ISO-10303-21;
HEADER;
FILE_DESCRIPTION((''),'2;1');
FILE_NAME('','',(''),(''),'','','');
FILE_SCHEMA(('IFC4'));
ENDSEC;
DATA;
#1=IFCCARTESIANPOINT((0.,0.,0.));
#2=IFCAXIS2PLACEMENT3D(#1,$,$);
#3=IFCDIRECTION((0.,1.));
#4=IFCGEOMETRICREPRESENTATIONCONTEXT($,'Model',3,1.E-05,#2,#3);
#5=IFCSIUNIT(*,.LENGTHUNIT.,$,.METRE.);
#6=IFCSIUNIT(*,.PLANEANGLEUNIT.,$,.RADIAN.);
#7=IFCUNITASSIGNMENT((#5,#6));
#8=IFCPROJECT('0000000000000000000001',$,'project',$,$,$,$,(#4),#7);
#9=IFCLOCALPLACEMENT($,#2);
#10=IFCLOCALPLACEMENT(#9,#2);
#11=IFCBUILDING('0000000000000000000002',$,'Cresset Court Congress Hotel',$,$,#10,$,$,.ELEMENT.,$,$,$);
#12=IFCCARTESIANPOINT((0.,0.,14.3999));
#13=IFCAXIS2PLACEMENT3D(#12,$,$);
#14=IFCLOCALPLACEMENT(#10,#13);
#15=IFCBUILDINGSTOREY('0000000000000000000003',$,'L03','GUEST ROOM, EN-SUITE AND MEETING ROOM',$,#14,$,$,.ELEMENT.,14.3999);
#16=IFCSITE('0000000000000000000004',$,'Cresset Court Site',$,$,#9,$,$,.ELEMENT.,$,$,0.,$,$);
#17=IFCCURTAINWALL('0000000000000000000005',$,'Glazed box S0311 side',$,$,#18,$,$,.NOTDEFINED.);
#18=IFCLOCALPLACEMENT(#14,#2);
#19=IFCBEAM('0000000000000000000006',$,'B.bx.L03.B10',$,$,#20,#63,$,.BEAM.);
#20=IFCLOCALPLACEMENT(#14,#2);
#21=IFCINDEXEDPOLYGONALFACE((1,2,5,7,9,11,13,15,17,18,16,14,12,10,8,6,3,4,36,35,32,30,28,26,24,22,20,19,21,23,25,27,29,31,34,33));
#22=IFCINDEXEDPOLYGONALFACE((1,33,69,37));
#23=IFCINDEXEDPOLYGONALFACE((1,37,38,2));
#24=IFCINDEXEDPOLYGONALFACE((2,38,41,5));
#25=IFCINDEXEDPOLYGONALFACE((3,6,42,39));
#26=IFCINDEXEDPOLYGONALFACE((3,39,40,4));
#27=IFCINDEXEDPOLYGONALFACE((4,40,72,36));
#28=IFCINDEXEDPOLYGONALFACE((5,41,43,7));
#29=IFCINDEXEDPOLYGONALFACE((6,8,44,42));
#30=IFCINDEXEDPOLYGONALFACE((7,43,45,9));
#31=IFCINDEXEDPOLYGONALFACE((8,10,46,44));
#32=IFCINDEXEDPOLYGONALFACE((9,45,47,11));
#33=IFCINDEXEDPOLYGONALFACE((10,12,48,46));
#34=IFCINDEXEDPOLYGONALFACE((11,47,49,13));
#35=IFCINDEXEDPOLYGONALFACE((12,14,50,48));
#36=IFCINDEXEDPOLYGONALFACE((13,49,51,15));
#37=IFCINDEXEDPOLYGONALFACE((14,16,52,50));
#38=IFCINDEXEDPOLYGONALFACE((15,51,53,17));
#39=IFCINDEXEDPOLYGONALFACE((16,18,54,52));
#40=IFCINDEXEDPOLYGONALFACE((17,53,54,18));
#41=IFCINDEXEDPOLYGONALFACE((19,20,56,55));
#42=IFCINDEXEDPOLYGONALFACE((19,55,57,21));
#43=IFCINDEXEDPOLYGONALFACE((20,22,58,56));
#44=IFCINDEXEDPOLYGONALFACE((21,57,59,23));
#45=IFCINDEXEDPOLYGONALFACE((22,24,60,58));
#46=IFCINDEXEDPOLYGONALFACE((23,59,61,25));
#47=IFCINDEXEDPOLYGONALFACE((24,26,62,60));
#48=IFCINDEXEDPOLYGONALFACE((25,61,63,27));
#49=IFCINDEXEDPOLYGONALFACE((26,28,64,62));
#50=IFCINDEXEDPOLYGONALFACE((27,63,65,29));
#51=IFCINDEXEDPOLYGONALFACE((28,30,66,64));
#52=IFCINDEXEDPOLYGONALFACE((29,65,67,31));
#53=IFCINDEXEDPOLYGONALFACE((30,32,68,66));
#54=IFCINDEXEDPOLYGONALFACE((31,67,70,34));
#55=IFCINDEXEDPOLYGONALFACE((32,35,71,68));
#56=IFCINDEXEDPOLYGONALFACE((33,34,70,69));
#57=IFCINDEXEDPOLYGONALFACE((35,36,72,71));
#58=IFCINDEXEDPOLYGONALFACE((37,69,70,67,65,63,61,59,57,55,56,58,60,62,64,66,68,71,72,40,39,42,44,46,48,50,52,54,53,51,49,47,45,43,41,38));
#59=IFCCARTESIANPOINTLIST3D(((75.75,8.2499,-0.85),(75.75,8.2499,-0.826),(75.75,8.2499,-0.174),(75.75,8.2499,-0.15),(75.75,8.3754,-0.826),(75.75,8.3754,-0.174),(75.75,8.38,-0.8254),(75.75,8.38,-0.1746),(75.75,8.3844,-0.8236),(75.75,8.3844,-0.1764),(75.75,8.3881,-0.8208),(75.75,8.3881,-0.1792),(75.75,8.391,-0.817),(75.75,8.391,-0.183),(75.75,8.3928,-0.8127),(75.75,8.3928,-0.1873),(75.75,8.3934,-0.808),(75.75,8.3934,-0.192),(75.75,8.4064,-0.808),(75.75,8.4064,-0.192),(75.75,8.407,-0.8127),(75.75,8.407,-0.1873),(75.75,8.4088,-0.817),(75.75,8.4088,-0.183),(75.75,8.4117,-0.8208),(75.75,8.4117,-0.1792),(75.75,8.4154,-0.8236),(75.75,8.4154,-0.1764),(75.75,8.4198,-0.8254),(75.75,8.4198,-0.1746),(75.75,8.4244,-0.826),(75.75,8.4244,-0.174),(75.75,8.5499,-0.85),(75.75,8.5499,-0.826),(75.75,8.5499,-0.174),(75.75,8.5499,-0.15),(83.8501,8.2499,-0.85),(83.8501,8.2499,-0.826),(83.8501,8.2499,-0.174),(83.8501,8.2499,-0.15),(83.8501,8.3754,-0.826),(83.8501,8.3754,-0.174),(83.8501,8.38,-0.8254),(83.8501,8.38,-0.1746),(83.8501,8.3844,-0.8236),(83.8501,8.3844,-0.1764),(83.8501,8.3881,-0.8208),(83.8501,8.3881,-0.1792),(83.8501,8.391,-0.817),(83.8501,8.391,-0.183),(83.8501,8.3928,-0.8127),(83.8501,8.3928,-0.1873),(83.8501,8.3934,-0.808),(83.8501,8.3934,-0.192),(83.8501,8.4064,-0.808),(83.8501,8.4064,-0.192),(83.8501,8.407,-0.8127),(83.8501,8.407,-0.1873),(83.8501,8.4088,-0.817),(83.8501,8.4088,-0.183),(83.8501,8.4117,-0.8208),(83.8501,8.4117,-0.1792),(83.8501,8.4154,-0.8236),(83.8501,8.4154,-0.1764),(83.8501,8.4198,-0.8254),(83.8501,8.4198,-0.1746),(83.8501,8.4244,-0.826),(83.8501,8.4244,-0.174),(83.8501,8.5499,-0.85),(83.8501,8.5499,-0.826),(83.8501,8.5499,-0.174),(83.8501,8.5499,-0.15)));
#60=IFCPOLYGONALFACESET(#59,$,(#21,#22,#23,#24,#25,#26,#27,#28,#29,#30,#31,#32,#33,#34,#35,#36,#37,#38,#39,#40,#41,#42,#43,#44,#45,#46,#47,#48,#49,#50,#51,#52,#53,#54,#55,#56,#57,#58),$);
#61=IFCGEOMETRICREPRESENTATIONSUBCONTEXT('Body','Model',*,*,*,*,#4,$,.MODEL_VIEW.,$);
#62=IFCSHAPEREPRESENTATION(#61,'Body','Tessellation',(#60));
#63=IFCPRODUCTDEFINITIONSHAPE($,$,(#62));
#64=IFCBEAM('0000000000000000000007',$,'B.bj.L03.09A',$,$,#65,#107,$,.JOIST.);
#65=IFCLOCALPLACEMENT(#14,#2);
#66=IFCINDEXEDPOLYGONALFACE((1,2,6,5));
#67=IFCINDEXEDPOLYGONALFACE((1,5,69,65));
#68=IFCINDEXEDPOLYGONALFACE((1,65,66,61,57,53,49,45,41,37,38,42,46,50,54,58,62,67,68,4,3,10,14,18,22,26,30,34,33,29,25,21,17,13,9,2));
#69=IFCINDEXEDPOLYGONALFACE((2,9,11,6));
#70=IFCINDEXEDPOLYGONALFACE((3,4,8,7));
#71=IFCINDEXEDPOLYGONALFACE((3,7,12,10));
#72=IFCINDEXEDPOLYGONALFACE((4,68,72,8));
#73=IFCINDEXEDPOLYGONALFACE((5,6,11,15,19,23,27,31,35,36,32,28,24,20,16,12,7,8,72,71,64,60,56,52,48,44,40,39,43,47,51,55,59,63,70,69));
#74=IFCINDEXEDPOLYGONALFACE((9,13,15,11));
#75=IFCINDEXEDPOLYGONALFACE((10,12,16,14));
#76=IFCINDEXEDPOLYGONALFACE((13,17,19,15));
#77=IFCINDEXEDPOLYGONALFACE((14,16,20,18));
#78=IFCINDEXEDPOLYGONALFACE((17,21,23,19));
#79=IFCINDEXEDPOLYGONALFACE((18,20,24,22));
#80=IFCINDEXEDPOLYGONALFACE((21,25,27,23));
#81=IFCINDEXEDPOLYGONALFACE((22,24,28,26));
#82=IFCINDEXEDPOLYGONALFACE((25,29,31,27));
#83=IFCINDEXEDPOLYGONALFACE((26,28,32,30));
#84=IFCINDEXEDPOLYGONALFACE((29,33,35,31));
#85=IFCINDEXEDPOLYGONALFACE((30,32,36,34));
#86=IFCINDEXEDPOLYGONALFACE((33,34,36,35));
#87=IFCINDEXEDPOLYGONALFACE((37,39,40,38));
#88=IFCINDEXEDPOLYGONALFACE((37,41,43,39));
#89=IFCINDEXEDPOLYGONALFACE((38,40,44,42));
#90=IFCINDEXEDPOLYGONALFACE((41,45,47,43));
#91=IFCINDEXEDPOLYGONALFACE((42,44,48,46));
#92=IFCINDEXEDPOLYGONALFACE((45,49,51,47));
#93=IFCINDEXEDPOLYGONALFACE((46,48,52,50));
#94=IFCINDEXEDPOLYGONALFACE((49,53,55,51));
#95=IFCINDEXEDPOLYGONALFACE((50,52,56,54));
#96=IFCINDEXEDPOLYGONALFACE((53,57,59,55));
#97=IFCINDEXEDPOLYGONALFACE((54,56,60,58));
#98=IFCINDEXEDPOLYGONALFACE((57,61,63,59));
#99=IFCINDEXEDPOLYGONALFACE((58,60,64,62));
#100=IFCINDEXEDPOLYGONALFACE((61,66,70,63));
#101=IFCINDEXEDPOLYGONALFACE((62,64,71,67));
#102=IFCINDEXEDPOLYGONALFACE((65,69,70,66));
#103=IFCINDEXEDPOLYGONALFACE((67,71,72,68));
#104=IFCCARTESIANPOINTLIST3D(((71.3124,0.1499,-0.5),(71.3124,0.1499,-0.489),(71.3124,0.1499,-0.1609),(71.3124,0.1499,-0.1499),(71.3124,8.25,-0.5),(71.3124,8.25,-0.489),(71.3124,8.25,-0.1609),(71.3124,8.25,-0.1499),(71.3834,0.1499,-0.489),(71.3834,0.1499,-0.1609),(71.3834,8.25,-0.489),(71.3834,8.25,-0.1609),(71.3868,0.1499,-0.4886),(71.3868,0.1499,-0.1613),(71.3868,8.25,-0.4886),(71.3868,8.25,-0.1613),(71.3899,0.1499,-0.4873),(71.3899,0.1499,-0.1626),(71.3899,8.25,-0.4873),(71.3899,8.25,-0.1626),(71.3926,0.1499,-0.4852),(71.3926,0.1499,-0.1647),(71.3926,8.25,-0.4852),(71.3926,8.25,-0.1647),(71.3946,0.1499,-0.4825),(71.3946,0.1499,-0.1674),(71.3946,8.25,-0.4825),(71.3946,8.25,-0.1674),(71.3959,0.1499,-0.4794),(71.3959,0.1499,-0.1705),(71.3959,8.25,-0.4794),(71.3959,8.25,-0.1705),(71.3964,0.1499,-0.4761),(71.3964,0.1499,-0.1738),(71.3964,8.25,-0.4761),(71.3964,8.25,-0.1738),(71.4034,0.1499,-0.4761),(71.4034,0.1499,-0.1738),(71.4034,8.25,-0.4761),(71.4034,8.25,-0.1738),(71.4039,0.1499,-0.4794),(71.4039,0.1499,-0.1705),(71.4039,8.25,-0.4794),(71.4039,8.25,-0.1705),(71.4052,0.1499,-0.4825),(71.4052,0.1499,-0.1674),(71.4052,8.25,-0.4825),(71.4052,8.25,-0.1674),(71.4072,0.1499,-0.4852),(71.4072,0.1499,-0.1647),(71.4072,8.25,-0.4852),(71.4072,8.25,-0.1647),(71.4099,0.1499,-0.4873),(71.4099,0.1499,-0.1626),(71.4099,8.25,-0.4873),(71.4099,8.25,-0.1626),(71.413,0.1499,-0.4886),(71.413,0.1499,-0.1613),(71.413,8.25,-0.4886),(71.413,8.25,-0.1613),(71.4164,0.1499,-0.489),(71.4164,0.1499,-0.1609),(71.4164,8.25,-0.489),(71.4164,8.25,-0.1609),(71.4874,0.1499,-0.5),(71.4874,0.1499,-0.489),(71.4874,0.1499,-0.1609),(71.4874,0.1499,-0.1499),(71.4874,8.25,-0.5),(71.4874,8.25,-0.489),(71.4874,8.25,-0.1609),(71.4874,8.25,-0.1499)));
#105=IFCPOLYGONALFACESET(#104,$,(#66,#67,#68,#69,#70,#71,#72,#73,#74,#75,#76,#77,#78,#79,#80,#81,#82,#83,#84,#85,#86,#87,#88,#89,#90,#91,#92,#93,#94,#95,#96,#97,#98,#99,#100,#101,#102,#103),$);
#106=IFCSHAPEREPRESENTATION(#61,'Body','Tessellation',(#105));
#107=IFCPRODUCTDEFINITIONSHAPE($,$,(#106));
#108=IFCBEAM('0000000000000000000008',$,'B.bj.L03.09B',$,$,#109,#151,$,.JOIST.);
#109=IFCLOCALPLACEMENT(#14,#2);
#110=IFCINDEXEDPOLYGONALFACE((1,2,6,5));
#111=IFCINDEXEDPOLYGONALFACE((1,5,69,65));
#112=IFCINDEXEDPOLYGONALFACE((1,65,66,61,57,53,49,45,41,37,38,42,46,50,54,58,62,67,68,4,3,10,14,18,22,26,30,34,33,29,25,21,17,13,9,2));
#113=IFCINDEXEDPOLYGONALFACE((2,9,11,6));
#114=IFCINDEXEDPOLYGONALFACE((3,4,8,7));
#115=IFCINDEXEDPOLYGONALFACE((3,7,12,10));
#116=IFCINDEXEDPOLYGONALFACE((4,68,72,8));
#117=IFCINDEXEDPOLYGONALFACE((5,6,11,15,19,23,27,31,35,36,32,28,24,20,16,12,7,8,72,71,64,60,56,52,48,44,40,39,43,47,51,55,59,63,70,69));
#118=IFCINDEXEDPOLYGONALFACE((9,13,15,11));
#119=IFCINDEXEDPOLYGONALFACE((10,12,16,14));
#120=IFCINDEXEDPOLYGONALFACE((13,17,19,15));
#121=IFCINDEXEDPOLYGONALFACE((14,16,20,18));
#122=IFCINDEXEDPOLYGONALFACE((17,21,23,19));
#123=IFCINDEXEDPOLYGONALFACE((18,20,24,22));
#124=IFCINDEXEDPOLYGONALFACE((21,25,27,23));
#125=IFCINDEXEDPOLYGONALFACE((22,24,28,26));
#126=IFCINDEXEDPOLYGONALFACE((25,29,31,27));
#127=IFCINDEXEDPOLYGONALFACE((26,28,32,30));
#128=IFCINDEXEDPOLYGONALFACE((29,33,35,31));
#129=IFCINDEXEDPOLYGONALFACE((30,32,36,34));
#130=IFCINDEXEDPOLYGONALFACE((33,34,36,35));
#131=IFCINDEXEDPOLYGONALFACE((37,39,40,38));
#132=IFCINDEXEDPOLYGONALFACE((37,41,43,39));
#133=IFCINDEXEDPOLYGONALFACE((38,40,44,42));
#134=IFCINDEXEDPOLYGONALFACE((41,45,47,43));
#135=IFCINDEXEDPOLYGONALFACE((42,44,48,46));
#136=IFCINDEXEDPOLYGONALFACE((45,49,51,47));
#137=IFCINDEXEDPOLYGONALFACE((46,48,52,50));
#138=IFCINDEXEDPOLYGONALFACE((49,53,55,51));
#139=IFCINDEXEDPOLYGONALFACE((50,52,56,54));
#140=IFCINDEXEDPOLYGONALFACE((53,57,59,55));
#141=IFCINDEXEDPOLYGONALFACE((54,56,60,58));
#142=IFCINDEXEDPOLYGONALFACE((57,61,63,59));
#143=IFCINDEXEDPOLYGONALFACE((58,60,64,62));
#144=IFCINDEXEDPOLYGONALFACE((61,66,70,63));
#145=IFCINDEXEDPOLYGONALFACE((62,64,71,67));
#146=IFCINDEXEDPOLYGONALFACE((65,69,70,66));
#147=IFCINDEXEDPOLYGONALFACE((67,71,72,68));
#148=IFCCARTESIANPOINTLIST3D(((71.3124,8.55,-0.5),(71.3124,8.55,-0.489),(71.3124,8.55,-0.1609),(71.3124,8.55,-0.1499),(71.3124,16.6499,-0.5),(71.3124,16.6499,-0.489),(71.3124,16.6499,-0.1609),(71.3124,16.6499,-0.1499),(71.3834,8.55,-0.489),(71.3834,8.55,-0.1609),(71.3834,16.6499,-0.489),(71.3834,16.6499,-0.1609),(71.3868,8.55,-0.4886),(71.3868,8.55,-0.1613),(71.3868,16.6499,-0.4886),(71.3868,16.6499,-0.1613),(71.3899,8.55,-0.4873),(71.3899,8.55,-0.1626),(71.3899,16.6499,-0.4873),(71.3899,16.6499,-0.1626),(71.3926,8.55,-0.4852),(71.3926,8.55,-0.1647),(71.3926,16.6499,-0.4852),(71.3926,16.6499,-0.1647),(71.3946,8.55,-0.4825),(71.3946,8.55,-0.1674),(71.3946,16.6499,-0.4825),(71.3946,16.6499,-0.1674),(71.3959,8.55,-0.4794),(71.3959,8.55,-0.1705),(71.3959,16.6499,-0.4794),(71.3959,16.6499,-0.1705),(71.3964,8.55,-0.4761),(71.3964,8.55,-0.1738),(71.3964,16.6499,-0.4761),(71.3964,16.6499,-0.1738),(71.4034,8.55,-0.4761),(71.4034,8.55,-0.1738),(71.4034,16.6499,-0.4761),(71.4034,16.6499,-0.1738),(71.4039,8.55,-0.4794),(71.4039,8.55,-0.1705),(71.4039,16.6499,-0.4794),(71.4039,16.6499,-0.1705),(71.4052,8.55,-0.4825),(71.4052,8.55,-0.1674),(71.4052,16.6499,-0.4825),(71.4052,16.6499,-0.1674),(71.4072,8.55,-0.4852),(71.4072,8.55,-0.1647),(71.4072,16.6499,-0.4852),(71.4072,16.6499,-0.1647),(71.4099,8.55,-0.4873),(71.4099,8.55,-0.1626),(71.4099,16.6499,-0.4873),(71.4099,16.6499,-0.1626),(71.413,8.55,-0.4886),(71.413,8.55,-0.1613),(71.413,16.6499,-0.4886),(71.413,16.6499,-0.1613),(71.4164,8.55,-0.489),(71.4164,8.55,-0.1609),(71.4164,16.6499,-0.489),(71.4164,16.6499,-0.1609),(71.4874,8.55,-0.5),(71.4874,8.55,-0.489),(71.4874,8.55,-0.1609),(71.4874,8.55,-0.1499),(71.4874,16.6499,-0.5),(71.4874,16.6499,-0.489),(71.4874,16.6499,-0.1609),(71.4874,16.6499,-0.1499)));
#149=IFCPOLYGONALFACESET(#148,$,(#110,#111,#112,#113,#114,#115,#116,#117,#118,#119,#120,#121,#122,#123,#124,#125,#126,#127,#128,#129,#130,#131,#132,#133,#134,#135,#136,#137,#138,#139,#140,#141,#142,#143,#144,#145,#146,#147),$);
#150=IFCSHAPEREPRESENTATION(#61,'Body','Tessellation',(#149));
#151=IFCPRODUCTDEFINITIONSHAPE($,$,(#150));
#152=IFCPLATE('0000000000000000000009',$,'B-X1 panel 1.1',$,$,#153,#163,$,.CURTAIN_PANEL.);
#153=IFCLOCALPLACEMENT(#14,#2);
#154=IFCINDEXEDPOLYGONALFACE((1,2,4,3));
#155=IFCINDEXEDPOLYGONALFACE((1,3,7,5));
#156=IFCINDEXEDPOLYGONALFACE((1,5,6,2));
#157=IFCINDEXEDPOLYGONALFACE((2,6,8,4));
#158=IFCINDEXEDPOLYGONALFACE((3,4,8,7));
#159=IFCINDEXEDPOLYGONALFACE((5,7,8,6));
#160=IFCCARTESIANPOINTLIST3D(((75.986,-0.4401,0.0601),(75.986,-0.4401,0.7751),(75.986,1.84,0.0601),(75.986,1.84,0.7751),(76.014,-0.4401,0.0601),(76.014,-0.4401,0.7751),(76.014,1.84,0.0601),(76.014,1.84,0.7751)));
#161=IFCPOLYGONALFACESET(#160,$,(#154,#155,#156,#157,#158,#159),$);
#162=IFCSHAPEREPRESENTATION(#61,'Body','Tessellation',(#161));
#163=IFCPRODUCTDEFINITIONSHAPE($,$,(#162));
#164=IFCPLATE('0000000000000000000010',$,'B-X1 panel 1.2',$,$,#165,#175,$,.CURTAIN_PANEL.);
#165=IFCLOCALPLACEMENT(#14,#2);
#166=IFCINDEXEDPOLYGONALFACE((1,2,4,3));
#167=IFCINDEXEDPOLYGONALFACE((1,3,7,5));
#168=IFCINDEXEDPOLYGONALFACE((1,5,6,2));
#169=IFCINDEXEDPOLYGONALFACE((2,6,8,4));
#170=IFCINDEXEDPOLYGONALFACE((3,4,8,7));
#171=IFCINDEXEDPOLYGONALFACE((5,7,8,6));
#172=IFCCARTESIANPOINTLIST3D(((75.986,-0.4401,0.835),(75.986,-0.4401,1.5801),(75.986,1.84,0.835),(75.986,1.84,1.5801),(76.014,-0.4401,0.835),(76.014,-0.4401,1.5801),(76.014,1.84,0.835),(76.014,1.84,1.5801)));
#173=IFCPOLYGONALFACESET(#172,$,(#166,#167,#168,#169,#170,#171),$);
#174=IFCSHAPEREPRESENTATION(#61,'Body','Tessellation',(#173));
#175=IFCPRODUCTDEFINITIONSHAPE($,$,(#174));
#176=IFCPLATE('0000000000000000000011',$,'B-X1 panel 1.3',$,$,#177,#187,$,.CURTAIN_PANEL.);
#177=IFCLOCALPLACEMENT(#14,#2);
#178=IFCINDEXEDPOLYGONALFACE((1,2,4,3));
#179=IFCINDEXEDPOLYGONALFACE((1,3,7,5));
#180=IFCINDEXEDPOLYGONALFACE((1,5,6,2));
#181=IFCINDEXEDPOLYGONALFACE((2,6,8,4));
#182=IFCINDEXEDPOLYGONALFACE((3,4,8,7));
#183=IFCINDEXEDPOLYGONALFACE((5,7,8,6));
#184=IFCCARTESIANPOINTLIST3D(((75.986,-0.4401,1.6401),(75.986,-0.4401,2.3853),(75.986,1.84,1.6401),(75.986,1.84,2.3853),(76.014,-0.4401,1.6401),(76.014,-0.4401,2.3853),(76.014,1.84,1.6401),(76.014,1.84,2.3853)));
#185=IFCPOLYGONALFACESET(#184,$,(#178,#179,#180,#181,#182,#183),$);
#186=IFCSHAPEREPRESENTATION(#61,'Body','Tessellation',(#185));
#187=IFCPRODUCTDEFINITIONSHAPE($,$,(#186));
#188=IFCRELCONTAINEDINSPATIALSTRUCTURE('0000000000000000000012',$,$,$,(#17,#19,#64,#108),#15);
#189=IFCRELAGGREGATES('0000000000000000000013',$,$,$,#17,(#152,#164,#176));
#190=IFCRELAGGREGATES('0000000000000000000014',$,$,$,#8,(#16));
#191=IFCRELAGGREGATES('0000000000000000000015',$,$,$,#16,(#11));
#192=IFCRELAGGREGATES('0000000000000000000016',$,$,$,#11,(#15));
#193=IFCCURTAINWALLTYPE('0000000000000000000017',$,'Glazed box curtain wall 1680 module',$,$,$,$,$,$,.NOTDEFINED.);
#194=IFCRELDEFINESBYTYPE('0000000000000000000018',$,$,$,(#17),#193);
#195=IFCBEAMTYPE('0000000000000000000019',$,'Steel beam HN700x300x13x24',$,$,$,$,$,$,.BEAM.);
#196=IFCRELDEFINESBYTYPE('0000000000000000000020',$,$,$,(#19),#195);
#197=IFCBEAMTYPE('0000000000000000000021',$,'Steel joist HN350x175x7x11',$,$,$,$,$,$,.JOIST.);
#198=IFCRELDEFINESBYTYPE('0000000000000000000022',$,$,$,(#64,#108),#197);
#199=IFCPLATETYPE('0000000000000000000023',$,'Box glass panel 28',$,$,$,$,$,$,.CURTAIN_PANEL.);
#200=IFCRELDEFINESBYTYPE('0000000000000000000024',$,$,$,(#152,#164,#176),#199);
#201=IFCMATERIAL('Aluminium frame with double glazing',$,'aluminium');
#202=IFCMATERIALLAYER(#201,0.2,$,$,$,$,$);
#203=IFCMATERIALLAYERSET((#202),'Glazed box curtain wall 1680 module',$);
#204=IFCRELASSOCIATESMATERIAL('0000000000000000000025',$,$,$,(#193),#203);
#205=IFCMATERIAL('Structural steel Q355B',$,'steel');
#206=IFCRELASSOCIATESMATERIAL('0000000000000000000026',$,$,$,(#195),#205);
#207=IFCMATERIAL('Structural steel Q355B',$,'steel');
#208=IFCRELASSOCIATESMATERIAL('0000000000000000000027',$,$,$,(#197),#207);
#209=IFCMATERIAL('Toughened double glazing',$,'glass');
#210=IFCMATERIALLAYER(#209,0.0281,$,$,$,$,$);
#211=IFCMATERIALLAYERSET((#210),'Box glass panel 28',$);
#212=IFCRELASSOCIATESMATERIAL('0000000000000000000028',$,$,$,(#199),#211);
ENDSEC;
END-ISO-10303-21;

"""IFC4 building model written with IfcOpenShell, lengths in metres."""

from ifc_helpers import new_model, si_unit, direction, frame, origin, origin_2d, place, context, subcontext, project, spatial, rectangle, i_section, extrude, material, layer, layer_set, material_profile, profile_set, type_object, element, aggregate, save


model = new_model("IFC4")

# Units and contexts
model_context = context("Model", 3, precision=1e-05, world=origin(), true_north=direction((0.0, 1.0)))
body_context = subcontext(model_context, "Body", "Model", "MODEL_VIEW")
ifc_project = project(units=[si_unit("LENGTHUNIT", "METRE"), si_unit("PLANEANGLEUNIT", "RADIAN")], contexts=[model_context])

# Site, building, storey
site_placement = place(None, origin())
site = spatial("IfcSite", under=ifc_project, at=site_placement, Name="Cresset Court Site", CompositionType="ELEMENT", RefElevation=0.0)
building_placement = place(site_placement, origin())
building = spatial("IfcBuilding", under=site, at=building_placement, Name="Cresset Court Congress Hotel", CompositionType="ELEMENT")
storey_placement = place(building_placement, frame((0.0, 0.0, 14.3999)))
storey = spatial("IfcBuildingStorey", under=building, at=storey_placement, Name="L03", Description="GUEST ROOM, EN-SUITE AND MEETING ROOM", CompositionType="ELEMENT", Elevation=14.3999)

# Curtain wall
ifc_material_1 = material(Name="Aluminium frame with double glazing", Category="aluminium")
ifc_layer_1 = layer(ifc_material_1, 0.2)
ifc_layer_set_1 = layer_set([ifc_layer_1], Name="Glazed box curtain wall 1680 module")
curtain_wall_type = type_object("IfcCurtainWallType", Name="Glazed box curtain wall 1680 module", PredefinedType="NOTDEFINED", material=ifc_layer_set_1)
curtain_wall_1_placement = place(storey_placement, origin())
curtain_wall_1 = element("IfcCurtainWall", 1, at=curtain_wall_1_placement, inside=storey, type_object=curtain_wall_type, Name="Glazed box S0311 side", PredefinedType="NOTDEFINED")

# Beams
ifc_material_2 = material(Name="Structural steel Q355B", Category="steel")
ifc_material_profile_1 = material_profile(ifc_material_2, i_section(OverallWidth=0.3, OverallDepth=0.7, WebThickness=0.0129, FlangeThickness=0.0239, FilletRadius=0.0181, at=origin_2d()), Name="HN700x300x13x24")
ifc_profile_set_1 = profile_set([ifc_material_profile_1], Name="Structural steel Q355B")
beam_type_1 = type_object("IfcBeamType", Name="Steel beam HN700x300x13x24", PredefinedType="BEAM", material=ifc_profile_set_1)
beam_1_placement = place(storey_placement, frame((75.75, 8.3999, -0.5), z_axis=(1.0, 0.0, 0.0), x_axis=(0.0, 1.0, 0.0)))
element("IfcBeam", 2, at=beam_1_placement, inside=storey, type_object=beam_type_1, Name="B.bx.L03.B10", PredefinedType="BEAM", context=body_context, shape_type="SweptSolid", body=[
    extrude(i_section(OverallWidth=0.3, OverallDepth=0.7, WebThickness=0.0129, FlangeThickness=0.0239, FilletRadius=0.0181, at=origin_2d()), origin(), (0.0, 0.0, 1.0), 8.1001),
])
ifc_material_3 = material(Name="Structural steel Q355B", Category="steel")
ifc_material_profile_2 = material_profile(ifc_material_3, i_section(OverallWidth=0.175, OverallDepth=0.3501, WebThickness=0.0071, FlangeThickness=0.011, FilletRadius=0.0129, at=origin_2d()), Name="HN350x175x7x11")
ifc_profile_set_2 = profile_set([ifc_material_profile_2], Name="Structural steel Q355B")
beam_type_2 = type_object("IfcBeamType", Name="Steel joist HN350x175x7x11", PredefinedType="JOIST", material=ifc_profile_set_2)
beam_2_placement = place(storey_placement, frame((71.3999, 0.1499, -0.325), z_axis=(0.0, 1.0, 0.0), x_axis=(-1.0, 0.0, 0.0)))
element("IfcBeam", 3, at=beam_2_placement, inside=storey, type_object=beam_type_2, Name="B.bj.L03.09A", PredefinedType="JOIST", context=body_context, shape_type="SweptSolid", body=[
    extrude(i_section(OverallWidth=0.175, OverallDepth=0.3501, WebThickness=0.0071, FlangeThickness=0.011, FilletRadius=0.0129, at=origin_2d()), origin(), (0.0, 0.0, 1.0), 8.1001),
])
beam_3_placement = place(storey_placement, frame((71.3999, 8.55, -0.325), z_axis=(0.0, 1.0, 0.0), x_axis=(-1.0, 0.0, 0.0)))
element("IfcBeam", 4, at=beam_3_placement, inside=storey, type_object=beam_type_2, Name="B.bj.L03.09B", PredefinedType="JOIST", context=body_context, shape_type="SweptSolid", body=[
    extrude(i_section(OverallWidth=0.175, OverallDepth=0.3501, WebThickness=0.0071, FlangeThickness=0.011, FilletRadius=0.0129, at=origin_2d()), origin(), (0.0, 0.0, 1.0), 8.0999),
])

# Plates
ifc_material_4 = material(Name="Toughened double glazing", Category="glass")
ifc_layer_2 = layer(ifc_material_4, 0.0281)
ifc_layer_set_2 = layer_set([ifc_layer_2], Name="Box glass panel 28")
plate_type_1 = type_object("IfcPlateType", Name="Box glass panel 28", PredefinedType="CURTAIN_PANEL", material=ifc_layer_set_2)
plate_1_placement = place(storey_placement, frame((76.0, 0.7, 0.0601), z_axis=(0.0, 0.0, 1.0), x_axis=(0.0, 1.0, 0.0)))
plate_1 = element("IfcPlate", 5, at=plate_1_placement, type_object=plate_type_1, Name="B-X1 panel 1.1", PredefinedType="CURTAIN_PANEL", context=body_context, shape_type="SweptSolid", body=[
    extrude(rectangle(XDim=2.28, YDim=0.0281, at=origin_2d()), origin(), (0.0, 0.0, 1.0), 0.7151),
])
plate_2_placement = place(storey_placement, frame((76.0, 0.7, 0.835), z_axis=(0.0, 0.0, 1.0), x_axis=(0.0, 1.0, 0.0)))
plate_2 = element("IfcPlate", 6, at=plate_2_placement, type_object=plate_type_1, Name="B-X1 panel 1.2", PredefinedType="CURTAIN_PANEL", context=body_context, shape_type="SweptSolid", body=[
    extrude(rectangle(XDim=2.28, YDim=0.0281, at=origin_2d()), origin(), (0.0, 0.0, 1.0), 0.7451),
])
plate_3_placement = place(storey_placement, frame((76.0, 0.7, 1.6401), z_axis=(0.0, 0.0, 1.0), x_axis=(0.0, 1.0, 0.0)))
plate_3 = element("IfcPlate", 7, at=plate_3_placement, type_object=plate_type_1, Name="B-X1 panel 1.3", PredefinedType="CURTAIN_PANEL", context=body_context, shape_type="SweptSolid", body=[
    extrude(rectangle(XDim=2.28, YDim=0.0281, at=origin_2d()), origin(), (0.0, 0.0, 1.0), 0.7451),
])
aggregate(curtain_wall_1, [plate_1, plate_2, plate_3])

save(model, "model.ifc")
